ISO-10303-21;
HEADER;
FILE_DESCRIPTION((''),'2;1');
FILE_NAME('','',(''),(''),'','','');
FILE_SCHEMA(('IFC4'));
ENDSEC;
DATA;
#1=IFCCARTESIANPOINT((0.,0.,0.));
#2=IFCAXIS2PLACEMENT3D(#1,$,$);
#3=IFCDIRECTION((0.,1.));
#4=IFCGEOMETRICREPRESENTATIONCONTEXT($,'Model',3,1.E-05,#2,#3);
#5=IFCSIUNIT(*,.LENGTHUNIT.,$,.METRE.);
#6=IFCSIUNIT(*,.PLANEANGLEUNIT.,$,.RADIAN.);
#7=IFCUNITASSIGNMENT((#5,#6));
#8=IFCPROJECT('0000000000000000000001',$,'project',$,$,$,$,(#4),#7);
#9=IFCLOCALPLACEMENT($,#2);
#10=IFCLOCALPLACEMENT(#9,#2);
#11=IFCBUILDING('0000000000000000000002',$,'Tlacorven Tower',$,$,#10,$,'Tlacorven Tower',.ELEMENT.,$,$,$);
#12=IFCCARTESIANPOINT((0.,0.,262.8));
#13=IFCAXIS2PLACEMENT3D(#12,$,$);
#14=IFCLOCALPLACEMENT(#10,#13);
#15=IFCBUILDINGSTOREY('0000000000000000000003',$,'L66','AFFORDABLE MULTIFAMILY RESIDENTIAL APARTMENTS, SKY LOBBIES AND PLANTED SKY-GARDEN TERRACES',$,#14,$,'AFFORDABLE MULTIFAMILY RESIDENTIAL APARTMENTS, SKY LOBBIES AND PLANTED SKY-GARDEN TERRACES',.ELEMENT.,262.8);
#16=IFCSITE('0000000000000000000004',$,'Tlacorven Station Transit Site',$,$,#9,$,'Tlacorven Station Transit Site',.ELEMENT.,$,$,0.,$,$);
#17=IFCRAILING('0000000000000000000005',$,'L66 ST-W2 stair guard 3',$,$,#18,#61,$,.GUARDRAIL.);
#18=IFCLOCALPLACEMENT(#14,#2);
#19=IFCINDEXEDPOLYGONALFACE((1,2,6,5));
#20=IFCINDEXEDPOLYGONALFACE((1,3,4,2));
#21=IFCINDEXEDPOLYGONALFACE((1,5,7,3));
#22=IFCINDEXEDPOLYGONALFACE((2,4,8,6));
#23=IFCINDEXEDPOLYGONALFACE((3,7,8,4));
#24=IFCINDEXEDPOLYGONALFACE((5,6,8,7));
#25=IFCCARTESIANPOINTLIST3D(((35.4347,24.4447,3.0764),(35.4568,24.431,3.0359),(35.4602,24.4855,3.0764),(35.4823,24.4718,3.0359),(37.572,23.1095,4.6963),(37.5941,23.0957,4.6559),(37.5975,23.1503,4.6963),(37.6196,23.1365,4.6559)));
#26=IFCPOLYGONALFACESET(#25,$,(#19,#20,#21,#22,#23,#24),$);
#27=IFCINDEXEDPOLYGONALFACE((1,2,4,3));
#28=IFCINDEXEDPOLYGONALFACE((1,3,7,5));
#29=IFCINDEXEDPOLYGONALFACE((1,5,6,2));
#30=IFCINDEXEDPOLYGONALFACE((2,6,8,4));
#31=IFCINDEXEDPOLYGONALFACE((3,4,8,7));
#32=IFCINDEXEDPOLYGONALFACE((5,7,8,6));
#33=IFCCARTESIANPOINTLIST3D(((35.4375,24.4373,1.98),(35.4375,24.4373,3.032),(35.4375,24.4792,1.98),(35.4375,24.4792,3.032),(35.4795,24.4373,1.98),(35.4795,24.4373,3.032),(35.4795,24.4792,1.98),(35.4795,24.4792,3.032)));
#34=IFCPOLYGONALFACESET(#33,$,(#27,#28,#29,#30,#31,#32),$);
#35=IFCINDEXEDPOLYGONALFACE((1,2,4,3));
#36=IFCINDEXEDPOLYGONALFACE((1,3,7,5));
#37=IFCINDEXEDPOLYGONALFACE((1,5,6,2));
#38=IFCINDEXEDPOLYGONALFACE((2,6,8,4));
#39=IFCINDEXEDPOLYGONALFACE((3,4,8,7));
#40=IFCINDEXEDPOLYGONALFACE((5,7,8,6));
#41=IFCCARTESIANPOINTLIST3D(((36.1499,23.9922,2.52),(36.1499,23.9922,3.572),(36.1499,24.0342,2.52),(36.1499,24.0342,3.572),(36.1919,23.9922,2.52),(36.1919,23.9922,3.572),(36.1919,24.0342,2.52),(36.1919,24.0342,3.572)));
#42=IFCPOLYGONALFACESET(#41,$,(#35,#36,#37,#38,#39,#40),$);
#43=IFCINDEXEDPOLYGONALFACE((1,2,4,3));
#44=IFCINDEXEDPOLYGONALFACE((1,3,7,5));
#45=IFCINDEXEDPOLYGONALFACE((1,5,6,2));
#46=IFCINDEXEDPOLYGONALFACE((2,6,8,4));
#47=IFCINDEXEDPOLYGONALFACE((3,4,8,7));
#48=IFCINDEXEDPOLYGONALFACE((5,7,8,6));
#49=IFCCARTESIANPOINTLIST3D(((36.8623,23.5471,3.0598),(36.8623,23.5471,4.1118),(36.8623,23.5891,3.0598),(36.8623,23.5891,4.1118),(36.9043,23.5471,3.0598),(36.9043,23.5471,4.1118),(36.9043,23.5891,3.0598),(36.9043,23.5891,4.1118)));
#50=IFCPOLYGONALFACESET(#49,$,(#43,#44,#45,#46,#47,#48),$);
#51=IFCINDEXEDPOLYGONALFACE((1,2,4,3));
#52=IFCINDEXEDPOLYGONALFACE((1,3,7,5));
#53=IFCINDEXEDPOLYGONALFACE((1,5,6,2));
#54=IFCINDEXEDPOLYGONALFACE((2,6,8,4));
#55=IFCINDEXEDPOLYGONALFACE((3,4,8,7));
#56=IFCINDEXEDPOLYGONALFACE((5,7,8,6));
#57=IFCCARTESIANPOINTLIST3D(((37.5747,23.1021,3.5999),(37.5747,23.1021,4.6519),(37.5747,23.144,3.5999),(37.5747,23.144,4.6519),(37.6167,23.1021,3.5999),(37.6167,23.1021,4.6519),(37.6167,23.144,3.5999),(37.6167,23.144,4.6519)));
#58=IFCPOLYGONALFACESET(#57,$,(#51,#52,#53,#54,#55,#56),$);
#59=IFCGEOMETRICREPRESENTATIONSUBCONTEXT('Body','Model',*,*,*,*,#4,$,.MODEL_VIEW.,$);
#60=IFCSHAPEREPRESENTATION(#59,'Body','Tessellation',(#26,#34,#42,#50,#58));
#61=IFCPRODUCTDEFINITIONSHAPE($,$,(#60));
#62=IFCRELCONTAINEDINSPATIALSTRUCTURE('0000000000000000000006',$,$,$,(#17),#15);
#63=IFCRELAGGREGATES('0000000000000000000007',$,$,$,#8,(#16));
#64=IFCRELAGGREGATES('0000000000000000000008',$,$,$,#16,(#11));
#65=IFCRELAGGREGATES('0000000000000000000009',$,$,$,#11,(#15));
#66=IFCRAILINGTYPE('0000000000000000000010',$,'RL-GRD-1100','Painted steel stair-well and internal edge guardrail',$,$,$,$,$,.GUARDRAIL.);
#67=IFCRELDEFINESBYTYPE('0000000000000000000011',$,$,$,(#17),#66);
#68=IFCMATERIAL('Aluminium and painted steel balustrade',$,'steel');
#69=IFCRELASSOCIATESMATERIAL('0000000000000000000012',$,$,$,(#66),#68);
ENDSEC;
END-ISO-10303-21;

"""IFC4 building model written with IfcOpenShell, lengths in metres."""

from ifc_helpers import new_model, si_unit, direction, frame, origin, origin_2d, place, context, subcontext, project, spatial, rectangle, extrude, source, transform, mapped, material, type_object, element, save


model = new_model("IFC4")

# Units and contexts
model_context = context("Model", 3, precision=1e-05, world=origin(), true_north=direction((0.0, 1.0)))
body_context = subcontext(model_context, "Body", "Model", "MODEL_VIEW")
ifc_project = project(units=[si_unit("LENGTHUNIT", "METRE"), si_unit("PLANEANGLEUNIT", "RADIAN")], contexts=[model_context])

# Site, building, storey
site_placement = place(None, origin())
site = spatial("IfcSite", under=ifc_project, at=site_placement, Name="Tlacorven Station Transit Site", LongName="Tlacorven Station Transit Site", CompositionType="ELEMENT", RefElevation=0.0)
building_placement = place(site_placement, origin())
building = spatial("IfcBuilding", under=site, at=building_placement, Name="Tlacorven Tower", LongName="Tlacorven Tower", CompositionType="ELEMENT")
storey_placement = place(building_placement, frame((0.0, 0.0, 262.8)))
storey = spatial("IfcBuildingStorey", under=building, at=storey_placement, Name="L66", Description="AFFORDABLE MULTIFAMILY RESIDENTIAL APARTMENTS, SKY LOBBIES AND PLANTED SKY-GARDEN TERRACES", LongName="AFFORDABLE MULTIFAMILY RESIDENTIAL APARTMENTS, SKY LOBBIES AND PLANTED SKY-GARDEN TERRACES", CompositionType="ELEMENT", Elevation=262.8)

# Railing
ifc_material_1 = material(Name="Aluminium and painted steel balustrade", Category="steel")
railing_type_1 = type_object("IfcRailingType", Name="RL-GRD-1100", Description="Painted steel stair-well and internal edge guardrail", PredefinedType="GUARDRAIL", material=ifc_material_1)
shared_shape_1 = source(origin(), body_context, "Body", "SweptSolid", [
    extrude(rectangle(XDim=0.0481, YDim=0.0481, at=origin_2d()), frame((0.0, 0.0, 1.0762), z_axis=(0.713417, -0.445702, 0.540727), x_axis=(0.529842, 0.848096, 0.0)), (0.0, 0.0, 1.0), 2.9958),
    extrude(rectangle(XDim=0.042, YDim=0.042, at=origin_2d()), origin(), (0.0, 0.0, 1.0), 1.052),
    extrude(rectangle(XDim=0.042, YDim=0.042, at=origin_2d()), frame((0.7124, -0.4451, 0.54)), (0.0, 0.0, 1.0), 1.052),
    extrude(rectangle(XDim=0.042, YDim=0.042, at=origin_2d()), frame((1.4248, -0.8901, 1.0798)), (0.0, 0.0, 1.0), 1.052),
    extrude(rectangle(XDim=0.042, YDim=0.042, at=origin_2d()), frame((2.1372, -1.3352, 1.6199)), (0.0, 0.0, 1.0), 1.052),
])
railing_1_placement = place(storey_placement, frame((35.4585, 24.4583, 1.98)))
element("IfcRailing", 1, at=railing_1_placement, inside=storey, type_object=railing_type_1, Name="L66 ST-W2 stair guard 3", PredefinedType="GUARDRAIL", context=body_context, shape_type="MappedRepresentation", body=[
    mapped(shared_shape_1, transform((0.0, 0.0, 0.0), scale=1.0)),
])

save(model, "model.ifc")
